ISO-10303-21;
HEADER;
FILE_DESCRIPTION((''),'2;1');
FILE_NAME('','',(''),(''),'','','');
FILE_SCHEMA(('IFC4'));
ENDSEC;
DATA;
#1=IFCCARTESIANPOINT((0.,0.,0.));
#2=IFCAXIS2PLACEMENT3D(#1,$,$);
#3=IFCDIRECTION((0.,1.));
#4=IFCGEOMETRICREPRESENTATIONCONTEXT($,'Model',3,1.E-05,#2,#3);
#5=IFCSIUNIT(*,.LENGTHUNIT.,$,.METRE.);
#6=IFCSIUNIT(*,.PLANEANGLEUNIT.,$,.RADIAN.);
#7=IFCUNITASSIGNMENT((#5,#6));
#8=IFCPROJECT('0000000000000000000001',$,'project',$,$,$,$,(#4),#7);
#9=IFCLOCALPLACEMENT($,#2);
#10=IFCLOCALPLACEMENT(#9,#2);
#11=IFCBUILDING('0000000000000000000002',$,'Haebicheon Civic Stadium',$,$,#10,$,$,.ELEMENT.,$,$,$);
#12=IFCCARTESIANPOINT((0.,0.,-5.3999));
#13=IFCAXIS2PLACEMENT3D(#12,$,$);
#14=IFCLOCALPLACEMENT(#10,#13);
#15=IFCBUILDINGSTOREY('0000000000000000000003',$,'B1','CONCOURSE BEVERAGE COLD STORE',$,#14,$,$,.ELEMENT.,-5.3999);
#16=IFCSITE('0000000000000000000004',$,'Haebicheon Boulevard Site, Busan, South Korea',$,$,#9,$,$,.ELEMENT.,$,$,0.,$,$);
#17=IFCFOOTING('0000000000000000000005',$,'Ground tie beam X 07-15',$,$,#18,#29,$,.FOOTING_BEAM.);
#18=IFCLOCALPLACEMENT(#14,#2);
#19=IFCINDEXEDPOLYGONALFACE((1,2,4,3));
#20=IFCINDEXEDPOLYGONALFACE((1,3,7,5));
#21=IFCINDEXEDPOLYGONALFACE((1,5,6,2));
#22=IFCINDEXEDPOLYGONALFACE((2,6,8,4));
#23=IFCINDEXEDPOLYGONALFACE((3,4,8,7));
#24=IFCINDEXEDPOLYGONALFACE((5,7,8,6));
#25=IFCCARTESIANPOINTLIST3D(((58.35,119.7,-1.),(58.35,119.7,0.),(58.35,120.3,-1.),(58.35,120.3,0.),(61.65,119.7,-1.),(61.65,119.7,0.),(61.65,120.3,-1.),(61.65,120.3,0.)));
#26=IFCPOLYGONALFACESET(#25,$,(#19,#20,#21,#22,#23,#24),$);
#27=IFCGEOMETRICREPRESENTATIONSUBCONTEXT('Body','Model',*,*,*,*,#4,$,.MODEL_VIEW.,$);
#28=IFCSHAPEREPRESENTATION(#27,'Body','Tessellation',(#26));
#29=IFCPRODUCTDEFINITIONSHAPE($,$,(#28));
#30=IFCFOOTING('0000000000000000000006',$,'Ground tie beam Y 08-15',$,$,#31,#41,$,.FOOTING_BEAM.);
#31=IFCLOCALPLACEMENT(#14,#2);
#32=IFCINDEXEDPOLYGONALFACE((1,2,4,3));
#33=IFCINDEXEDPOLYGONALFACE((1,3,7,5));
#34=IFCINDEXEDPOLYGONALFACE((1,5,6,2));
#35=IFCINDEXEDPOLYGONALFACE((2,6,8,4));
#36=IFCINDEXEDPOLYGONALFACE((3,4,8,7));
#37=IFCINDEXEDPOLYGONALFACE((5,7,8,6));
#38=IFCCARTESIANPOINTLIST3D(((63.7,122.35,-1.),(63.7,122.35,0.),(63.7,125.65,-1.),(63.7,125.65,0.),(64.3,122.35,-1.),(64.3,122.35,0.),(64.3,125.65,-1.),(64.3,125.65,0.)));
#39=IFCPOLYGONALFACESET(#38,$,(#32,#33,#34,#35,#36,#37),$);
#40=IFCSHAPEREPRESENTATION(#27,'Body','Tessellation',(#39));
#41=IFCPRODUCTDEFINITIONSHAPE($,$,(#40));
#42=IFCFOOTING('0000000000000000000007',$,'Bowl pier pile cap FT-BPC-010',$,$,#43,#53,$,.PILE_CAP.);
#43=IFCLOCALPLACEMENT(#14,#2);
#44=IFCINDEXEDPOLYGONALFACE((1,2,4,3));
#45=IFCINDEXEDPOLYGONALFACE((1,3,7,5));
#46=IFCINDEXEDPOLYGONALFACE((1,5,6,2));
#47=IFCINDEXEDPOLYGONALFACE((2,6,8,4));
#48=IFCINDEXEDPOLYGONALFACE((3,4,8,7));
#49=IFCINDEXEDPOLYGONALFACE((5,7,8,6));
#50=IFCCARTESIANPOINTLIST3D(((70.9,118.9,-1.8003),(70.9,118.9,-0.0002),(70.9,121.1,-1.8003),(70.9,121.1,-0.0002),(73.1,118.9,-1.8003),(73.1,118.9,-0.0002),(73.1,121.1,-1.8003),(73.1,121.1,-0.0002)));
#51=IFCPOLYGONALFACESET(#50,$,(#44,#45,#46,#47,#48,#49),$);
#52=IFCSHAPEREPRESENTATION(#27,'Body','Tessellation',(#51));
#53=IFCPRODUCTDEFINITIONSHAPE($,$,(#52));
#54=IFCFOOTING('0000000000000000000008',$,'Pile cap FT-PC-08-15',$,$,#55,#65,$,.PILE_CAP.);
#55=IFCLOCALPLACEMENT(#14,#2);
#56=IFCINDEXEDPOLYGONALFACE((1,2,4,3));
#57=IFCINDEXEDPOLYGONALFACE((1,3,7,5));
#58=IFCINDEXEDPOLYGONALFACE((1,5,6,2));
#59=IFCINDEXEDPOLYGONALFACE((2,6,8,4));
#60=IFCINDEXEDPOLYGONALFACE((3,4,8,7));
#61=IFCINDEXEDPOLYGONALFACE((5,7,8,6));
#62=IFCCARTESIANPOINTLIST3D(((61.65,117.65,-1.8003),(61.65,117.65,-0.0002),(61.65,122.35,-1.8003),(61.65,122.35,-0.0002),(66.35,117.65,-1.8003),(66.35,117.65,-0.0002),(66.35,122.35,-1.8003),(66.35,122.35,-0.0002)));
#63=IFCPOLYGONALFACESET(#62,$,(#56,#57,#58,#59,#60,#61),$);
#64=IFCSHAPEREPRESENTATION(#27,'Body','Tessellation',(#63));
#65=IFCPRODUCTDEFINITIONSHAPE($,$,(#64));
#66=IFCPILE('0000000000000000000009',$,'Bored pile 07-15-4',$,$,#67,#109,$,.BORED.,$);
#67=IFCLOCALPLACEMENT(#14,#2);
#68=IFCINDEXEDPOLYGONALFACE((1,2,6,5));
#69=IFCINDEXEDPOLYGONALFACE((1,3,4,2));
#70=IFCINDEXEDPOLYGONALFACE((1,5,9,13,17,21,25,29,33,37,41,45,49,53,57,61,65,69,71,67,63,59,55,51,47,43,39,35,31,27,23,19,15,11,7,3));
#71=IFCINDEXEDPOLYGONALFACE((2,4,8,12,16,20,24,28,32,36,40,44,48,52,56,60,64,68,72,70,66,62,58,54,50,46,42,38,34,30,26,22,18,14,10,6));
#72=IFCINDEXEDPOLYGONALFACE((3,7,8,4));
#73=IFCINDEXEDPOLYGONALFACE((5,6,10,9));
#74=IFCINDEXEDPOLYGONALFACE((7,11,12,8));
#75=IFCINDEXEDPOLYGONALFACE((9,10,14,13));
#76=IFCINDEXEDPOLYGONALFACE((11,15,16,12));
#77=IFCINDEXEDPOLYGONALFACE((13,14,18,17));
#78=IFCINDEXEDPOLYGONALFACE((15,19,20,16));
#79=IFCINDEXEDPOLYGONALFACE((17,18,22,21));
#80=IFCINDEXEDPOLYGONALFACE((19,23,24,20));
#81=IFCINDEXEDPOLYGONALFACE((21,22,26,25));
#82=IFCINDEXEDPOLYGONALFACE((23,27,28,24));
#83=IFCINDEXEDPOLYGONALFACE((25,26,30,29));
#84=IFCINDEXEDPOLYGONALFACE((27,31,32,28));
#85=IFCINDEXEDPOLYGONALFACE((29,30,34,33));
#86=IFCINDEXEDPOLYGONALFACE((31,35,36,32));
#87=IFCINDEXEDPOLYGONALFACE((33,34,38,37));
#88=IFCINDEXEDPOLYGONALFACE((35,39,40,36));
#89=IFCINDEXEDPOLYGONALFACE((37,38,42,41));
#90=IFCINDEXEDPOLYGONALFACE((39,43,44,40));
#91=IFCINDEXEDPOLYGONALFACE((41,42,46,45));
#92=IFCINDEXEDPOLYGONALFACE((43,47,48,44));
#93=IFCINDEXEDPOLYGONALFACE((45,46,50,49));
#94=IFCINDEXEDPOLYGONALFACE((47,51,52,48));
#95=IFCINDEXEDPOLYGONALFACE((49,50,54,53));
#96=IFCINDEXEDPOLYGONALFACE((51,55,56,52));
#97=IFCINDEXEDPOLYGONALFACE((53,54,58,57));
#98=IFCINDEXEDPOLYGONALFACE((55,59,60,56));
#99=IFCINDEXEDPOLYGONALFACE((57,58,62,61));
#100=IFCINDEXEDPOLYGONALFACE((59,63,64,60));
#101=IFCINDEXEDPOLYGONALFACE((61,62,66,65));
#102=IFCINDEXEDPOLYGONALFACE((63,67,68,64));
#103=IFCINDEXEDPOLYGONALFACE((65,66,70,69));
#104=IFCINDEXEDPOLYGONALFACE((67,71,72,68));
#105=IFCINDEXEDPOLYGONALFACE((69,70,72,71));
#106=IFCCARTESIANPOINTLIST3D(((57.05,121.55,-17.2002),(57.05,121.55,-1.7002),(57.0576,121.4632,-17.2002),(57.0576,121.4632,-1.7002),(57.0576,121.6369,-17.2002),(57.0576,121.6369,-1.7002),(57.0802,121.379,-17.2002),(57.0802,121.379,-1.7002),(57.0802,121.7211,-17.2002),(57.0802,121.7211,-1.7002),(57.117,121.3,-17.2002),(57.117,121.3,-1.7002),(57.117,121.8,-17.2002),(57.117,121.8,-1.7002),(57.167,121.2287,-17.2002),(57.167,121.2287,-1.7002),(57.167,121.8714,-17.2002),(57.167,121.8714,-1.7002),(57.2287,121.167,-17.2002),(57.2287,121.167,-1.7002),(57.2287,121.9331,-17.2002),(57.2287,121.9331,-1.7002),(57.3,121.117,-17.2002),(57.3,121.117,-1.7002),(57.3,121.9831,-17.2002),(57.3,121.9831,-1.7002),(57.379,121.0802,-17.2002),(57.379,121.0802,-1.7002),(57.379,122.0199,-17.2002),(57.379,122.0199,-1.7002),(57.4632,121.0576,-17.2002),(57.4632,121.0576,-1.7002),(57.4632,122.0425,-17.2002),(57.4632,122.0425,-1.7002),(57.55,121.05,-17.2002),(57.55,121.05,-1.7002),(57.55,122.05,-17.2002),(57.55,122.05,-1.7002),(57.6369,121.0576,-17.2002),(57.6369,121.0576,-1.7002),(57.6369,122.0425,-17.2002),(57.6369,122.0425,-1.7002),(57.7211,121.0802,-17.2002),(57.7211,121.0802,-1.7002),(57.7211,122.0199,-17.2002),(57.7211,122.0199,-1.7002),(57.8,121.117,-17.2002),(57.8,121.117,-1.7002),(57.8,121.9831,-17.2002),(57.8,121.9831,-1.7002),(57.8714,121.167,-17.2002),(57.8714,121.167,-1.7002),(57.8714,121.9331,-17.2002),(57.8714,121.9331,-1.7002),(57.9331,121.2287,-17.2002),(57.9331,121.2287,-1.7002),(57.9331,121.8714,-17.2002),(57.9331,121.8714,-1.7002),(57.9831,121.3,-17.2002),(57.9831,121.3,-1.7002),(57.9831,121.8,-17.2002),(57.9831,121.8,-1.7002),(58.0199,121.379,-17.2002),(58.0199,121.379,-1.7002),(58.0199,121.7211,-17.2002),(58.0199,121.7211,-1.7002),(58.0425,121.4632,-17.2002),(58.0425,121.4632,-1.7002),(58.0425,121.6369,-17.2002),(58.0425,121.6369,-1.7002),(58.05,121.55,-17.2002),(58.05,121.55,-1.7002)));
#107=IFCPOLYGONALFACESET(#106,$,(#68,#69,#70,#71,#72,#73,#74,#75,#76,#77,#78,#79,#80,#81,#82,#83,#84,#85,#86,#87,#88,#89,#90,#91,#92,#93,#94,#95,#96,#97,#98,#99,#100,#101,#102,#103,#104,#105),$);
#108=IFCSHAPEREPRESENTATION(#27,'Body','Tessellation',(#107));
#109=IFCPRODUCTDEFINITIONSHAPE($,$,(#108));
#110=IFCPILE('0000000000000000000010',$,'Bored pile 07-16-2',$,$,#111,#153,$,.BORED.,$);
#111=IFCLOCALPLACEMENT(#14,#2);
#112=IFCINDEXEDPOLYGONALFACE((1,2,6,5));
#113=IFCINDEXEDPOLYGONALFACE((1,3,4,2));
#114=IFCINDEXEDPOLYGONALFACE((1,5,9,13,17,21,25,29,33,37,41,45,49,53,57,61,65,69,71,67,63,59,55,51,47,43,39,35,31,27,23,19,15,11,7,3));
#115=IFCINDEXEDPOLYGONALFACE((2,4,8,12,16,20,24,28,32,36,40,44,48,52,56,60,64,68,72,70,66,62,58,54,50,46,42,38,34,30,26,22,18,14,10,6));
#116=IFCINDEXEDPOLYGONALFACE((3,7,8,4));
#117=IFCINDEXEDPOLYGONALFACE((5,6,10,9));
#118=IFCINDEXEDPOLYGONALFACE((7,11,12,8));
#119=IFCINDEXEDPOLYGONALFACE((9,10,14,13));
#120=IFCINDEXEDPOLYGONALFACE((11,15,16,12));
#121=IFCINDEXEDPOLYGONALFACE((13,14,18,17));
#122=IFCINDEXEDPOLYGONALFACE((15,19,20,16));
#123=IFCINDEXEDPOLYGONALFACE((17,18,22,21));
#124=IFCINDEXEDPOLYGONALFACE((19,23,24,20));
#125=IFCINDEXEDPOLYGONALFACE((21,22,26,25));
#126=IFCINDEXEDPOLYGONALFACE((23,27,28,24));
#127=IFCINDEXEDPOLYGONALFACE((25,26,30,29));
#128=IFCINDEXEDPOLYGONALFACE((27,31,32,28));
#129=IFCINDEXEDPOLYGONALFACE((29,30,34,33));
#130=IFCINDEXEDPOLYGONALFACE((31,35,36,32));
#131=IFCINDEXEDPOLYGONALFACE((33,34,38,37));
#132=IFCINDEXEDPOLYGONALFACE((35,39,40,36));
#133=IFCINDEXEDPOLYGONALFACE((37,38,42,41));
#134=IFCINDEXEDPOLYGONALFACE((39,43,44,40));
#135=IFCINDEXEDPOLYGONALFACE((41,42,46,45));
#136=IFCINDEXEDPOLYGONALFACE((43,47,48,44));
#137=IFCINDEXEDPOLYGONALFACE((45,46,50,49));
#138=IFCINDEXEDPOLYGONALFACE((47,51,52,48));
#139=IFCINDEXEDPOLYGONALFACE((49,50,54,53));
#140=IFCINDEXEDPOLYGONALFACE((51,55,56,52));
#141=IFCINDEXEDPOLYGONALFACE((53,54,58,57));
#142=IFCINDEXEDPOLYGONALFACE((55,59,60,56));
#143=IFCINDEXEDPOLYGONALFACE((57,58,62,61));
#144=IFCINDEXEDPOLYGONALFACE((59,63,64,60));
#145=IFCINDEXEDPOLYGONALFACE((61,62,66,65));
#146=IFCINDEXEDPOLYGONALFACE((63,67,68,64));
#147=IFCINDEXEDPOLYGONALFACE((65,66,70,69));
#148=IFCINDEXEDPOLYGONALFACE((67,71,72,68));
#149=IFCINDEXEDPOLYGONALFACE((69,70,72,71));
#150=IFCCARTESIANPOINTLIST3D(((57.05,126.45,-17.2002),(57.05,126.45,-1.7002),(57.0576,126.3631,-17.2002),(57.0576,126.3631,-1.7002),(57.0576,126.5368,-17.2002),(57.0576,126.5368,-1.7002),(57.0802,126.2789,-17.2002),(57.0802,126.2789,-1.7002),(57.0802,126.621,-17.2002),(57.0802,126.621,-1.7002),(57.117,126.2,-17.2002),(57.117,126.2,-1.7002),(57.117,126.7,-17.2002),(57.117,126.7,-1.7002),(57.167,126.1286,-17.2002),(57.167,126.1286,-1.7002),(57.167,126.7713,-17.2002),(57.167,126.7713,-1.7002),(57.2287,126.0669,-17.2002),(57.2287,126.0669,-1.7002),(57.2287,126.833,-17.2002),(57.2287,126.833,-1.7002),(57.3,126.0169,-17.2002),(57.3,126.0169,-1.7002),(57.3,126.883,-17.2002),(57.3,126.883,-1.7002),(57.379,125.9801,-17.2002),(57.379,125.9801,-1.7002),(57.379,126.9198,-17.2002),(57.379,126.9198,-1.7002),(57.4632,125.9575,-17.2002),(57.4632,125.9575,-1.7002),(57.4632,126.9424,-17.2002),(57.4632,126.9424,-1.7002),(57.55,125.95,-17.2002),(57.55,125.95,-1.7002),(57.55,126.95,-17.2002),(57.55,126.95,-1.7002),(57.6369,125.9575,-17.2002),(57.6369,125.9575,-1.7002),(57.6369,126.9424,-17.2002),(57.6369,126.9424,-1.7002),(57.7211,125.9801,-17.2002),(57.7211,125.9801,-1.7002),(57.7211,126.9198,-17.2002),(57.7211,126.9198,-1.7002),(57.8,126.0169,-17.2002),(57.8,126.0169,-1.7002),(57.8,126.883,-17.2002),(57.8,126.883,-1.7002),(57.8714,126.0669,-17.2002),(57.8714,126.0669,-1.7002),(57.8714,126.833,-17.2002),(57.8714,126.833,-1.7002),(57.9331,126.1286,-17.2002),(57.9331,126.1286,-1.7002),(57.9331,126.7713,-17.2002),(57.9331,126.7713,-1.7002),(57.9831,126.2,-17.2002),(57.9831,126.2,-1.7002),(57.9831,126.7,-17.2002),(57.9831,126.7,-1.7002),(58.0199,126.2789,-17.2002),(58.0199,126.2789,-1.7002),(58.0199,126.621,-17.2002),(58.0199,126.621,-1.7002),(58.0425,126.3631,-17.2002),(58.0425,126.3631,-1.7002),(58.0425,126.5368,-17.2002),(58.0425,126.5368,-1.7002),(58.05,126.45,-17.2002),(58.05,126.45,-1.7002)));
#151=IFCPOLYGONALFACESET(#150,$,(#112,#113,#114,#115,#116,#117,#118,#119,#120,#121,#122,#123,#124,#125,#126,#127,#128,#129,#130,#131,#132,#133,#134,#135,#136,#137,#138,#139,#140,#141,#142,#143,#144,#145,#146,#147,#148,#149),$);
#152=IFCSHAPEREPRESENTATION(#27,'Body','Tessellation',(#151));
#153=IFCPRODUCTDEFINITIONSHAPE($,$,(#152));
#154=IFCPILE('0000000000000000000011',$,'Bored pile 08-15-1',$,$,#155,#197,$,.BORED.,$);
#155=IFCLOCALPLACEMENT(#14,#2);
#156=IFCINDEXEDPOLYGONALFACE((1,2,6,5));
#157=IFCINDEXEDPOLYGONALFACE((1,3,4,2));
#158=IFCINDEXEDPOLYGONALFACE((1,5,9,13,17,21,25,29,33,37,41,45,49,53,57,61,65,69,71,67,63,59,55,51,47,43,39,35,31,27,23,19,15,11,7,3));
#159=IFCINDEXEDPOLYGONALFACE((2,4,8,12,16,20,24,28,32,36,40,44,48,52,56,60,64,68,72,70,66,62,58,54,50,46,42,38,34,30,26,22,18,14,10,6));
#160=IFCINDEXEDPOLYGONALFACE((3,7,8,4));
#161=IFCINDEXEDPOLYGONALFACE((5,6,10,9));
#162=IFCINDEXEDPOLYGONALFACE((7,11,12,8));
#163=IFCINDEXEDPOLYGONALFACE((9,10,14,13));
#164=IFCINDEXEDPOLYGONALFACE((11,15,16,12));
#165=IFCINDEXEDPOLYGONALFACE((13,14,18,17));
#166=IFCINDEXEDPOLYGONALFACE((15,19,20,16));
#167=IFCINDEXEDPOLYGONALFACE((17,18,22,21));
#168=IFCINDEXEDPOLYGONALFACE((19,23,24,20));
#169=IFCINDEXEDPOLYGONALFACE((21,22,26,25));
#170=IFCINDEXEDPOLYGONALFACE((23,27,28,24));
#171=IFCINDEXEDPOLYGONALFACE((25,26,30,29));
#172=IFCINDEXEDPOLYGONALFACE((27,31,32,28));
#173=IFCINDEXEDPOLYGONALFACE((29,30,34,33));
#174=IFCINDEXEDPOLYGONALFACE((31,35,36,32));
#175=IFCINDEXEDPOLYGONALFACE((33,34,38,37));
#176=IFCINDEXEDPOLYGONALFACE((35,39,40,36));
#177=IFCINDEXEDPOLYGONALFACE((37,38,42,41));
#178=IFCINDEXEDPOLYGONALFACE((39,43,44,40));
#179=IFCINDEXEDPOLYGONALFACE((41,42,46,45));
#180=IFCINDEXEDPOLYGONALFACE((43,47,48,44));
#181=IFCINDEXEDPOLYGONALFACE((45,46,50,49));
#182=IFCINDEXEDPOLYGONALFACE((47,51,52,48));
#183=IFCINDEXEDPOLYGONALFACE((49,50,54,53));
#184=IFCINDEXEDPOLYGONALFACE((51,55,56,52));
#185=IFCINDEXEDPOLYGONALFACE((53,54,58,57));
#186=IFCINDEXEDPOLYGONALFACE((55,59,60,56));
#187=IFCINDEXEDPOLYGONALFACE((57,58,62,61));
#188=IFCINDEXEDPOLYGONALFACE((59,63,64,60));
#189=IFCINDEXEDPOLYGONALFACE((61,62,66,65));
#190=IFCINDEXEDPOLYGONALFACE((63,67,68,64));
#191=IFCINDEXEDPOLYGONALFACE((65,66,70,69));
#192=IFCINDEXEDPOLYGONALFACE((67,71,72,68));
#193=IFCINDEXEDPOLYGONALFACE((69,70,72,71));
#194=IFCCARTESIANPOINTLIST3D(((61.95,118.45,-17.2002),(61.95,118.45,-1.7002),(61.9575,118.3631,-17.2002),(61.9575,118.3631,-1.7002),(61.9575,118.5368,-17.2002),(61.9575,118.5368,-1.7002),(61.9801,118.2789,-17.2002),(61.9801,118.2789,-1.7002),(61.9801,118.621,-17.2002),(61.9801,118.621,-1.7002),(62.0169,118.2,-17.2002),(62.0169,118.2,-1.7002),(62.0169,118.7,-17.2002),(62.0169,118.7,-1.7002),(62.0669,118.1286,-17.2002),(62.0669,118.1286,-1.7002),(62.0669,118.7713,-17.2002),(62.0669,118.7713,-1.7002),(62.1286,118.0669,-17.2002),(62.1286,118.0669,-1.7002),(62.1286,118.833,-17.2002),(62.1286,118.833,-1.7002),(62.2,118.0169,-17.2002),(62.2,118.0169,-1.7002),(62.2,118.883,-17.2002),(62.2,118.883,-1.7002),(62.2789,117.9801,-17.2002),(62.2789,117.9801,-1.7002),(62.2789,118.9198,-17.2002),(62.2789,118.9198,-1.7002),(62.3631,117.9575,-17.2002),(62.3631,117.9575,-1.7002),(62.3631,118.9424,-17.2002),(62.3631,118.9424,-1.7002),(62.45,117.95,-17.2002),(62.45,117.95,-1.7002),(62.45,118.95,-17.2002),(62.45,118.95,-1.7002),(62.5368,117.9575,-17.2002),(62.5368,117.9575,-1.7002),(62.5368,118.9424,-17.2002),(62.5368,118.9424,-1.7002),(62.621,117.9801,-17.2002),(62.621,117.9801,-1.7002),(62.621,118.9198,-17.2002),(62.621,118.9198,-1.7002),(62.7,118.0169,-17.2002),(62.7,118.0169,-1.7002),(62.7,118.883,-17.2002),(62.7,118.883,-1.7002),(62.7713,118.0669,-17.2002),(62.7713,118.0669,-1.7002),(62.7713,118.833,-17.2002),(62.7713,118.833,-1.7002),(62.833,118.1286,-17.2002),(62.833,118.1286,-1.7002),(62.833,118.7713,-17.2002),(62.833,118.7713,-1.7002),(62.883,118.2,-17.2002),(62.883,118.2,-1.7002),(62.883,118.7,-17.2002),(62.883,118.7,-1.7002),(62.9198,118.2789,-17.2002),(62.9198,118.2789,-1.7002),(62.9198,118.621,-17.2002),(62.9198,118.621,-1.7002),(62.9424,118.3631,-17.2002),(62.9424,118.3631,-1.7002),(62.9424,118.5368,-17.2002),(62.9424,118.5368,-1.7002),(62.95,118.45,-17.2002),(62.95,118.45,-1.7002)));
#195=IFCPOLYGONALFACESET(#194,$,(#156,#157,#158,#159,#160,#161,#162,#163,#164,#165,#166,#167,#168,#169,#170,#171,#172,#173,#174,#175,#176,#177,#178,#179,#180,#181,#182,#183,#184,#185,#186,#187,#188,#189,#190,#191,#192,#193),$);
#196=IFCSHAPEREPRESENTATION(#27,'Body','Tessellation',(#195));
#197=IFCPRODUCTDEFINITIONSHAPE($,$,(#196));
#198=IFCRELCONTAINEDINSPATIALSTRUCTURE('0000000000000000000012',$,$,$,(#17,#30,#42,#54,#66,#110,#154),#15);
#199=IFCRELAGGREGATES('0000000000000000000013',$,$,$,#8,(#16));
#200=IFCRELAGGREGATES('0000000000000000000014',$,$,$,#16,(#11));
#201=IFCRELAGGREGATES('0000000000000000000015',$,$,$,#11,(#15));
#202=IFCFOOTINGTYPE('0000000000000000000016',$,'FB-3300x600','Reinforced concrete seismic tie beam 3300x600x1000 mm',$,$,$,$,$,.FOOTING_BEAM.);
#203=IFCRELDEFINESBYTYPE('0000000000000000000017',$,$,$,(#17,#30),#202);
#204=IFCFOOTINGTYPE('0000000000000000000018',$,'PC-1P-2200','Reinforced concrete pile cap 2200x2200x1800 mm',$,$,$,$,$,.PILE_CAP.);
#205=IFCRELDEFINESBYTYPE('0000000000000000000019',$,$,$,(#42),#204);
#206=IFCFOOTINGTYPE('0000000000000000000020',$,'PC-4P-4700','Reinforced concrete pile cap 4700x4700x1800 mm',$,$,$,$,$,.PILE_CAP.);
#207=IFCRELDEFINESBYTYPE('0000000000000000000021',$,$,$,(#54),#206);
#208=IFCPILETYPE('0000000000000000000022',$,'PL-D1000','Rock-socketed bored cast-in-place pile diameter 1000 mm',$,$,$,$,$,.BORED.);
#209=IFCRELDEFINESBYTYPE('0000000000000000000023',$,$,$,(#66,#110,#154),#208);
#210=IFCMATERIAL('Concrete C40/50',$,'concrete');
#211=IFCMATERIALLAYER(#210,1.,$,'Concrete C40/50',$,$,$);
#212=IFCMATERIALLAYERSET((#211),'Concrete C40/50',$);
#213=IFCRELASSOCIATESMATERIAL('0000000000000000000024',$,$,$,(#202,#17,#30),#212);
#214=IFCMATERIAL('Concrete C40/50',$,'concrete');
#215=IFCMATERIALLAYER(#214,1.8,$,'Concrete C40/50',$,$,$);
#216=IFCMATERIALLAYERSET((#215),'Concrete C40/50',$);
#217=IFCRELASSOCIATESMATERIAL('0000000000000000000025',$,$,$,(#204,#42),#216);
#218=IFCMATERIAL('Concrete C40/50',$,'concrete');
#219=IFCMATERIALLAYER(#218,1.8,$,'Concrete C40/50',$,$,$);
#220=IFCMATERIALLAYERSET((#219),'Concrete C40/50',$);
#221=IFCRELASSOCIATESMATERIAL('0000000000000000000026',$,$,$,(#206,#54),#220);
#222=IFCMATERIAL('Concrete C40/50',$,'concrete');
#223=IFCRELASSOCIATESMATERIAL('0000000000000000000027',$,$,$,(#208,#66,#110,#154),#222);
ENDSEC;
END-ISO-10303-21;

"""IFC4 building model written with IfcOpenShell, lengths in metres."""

from ifc_helpers import new_model, si_unit, direction, frame, origin, origin_2d, place, context, subcontext, project, spatial, rectangle, circle, extrude, material, layer, layer_set, material_profile, profile_set, type_object, element, save


model = new_model("IFC4")

# Units and contexts
model_context = context("Model", 3, precision=1e-05, world=origin(), true_north=direction((0.0, 1.0)))
body_context = subcontext(model_context, "Body", "Model", "MODEL_VIEW")
ifc_project = project(units=[si_unit("LENGTHUNIT", "METRE"), si_unit("PLANEANGLEUNIT", "RADIAN")], contexts=[model_context])

# Site, building, storey
site_placement = place(None, origin())
site = spatial("IfcSite", under=ifc_project, at=site_placement, Name="Haebicheon Boulevard Site, Busan, South Korea", CompositionType="ELEMENT", RefElevation=0.0)
building_placement = place(site_placement, origin())
building = spatial("IfcBuilding", under=site, at=building_placement, Name="Haebicheon Civic Stadium", CompositionType="ELEMENT")
storey_placement = place(building_placement, frame((0.0, 0.0, -5.3999)))
storey = spatial("IfcBuildingStorey", under=building, at=storey_placement, Name="B1", Description="CONCOURSE BEVERAGE COLD STORE", CompositionType="ELEMENT", Elevation=-5.3999)

# Footings
ifc_material_1 = material(Name="Concrete C40/50", Category="concrete")
ifc_layer_1 = layer(ifc_material_1, 1.0, Name="Concrete C40/50")
ifc_layer_set_1 = layer_set([ifc_layer_1], Name="Concrete C40/50")
footing_type_1 = type_object("IfcFootingType", Name="FB-3300x600", Description="Reinforced concrete seismic tie beam 3300x600x1000 mm", PredefinedType="FOOTING_BEAM", material=ifc_layer_set_1)
for number, where, z_axis, x_axis, name in (
    (1, (60.0, 120.0, -1.0), (0.0, 0.0, 1.0), (1.0, 0.0, 0.0), "Ground tie beam X 07-15"),
    (2, (64.0, 124.0, -1.0), (0.0, 0.0, 1.0), (0.0, 1.0, 0.0), "Ground tie beam Y 08-15"),
):
    element("IfcFooting", number, at=place(storey_placement, frame(where, z_axis=z_axis, x_axis=x_axis)), inside=storey, type_object=footing_type_1, material=ifc_layer_set_1, Name=name, PredefinedType="FOOTING_BEAM", context=body_context, shape_type="SweptSolid", body=[
        extrude(rectangle(XDim=3.3, YDim=0.6001, at=origin_2d()), origin(), (0.0, 0.0, 1.0), 1.0),
    ])
ifc_material_2 = material(Name="Concrete C40/50", Category="concrete")
ifc_layer_2 = layer(ifc_material_2, 1.8, Name="Concrete C40/50")
ifc_layer_set_2 = layer_set([ifc_layer_2], Name="Concrete C40/50")
footing_type_2 = type_object("IfcFootingType", Name="PC-1P-2200", Description="Reinforced concrete pile cap 2200x2200x1800 mm", PredefinedType="PILE_CAP", material=ifc_layer_set_2)
footing_1_placement = place(storey_placement, frame((72.0, 120.0, -1.8003), z_axis=(0.0, 0.0, 1.0), x_axis=(1.0, 0.0, 0.0)))
element("IfcFooting", 3, at=footing_1_placement, inside=storey, type_object=footing_type_2, material=ifc_layer_set_2, Name="Bowl pier pile cap FT-BPC-010", PredefinedType="PILE_CAP", context=body_context, shape_type="SweptSolid", body=[
    extrude(rectangle(XDim=2.2, YDim=2.2, at=origin_2d()), origin(), (0.0, 0.0, 1.0), 1.8),
])
ifc_material_3 = material(Name="Concrete C40/50", Category="concrete")
ifc_layer_3 = layer(ifc_material_3, 1.8, Name="Concrete C40/50")
ifc_layer_set_3 = layer_set([ifc_layer_3], Name="Concrete C40/50")
footing_type_3 = type_object("IfcFootingType", Name="PC-4P-4700", Description="Reinforced concrete pile cap 4700x4700x1800 mm", PredefinedType="PILE_CAP", material=ifc_layer_set_3)
footing_2_placement = place(storey_placement, frame((64.0, 120.0, -1.8003), z_axis=(0.0, 0.0, 1.0), x_axis=(1.0, 0.0, 0.0)))
element("IfcFooting", 4, at=footing_2_placement, inside=storey, type_object=footing_type_3, material=ifc_layer_set_3, Name="Pile cap FT-PC-08-15", PredefinedType="PILE_CAP", context=body_context, shape_type="SweptSolid", body=[
    extrude(rectangle(XDim=4.7, YDim=4.7, at=origin_2d()), origin(), (0.0, 0.0, 1.0), 1.8),
])

# Piles
ifc_material_4 = material(Name="Concrete C40/50", Category="concrete")
ifc_material_profile_1 = material_profile(ifc_material_4, circle(Radius=0.5, at=origin_2d()), Name="PILE-D1000")
ifc_profile_set_1 = profile_set([ifc_material_profile_1], Name="Concrete C40/50")
pile_type = type_object("IfcPileType", Name="PL-D1000", Description="Rock-socketed bored cast-in-place pile diameter 1000 mm", PredefinedType="BORED", material=ifc_profile_set_1)
for number, where, z_axis, x_axis, name in (
    (5, (57.55, 121.55, -1.7002), (0.0, 0.0, -1.0), (1.0, 0.0, 0.0), "Bored pile 07-15-4"),
    (6, (57.55, 126.45, -1.7002), (0.0, 0.0, -1.0), (1.0, 0.0, 0.0), "Bored pile 07-16-2"),
    (7, (62.45, 118.45, -1.7002), (0.0, 0.0, -1.0), (1.0, 0.0, 0.0), "Bored pile 08-15-1"),
):
    element("IfcPile", number, at=place(storey_placement, frame(where, z_axis=z_axis, x_axis=x_axis)), inside=storey, type_object=pile_type, material=ifc_profile_set_1, Name=name, PredefinedType="BORED", context=body_context, shape_type="SweptSolid", body=[
        extrude(circle(Radius=0.5, at=origin_2d()), origin(), (0.0, 0.0, 1.0), 15.5),
    ])

save(model, "model.ifc")
